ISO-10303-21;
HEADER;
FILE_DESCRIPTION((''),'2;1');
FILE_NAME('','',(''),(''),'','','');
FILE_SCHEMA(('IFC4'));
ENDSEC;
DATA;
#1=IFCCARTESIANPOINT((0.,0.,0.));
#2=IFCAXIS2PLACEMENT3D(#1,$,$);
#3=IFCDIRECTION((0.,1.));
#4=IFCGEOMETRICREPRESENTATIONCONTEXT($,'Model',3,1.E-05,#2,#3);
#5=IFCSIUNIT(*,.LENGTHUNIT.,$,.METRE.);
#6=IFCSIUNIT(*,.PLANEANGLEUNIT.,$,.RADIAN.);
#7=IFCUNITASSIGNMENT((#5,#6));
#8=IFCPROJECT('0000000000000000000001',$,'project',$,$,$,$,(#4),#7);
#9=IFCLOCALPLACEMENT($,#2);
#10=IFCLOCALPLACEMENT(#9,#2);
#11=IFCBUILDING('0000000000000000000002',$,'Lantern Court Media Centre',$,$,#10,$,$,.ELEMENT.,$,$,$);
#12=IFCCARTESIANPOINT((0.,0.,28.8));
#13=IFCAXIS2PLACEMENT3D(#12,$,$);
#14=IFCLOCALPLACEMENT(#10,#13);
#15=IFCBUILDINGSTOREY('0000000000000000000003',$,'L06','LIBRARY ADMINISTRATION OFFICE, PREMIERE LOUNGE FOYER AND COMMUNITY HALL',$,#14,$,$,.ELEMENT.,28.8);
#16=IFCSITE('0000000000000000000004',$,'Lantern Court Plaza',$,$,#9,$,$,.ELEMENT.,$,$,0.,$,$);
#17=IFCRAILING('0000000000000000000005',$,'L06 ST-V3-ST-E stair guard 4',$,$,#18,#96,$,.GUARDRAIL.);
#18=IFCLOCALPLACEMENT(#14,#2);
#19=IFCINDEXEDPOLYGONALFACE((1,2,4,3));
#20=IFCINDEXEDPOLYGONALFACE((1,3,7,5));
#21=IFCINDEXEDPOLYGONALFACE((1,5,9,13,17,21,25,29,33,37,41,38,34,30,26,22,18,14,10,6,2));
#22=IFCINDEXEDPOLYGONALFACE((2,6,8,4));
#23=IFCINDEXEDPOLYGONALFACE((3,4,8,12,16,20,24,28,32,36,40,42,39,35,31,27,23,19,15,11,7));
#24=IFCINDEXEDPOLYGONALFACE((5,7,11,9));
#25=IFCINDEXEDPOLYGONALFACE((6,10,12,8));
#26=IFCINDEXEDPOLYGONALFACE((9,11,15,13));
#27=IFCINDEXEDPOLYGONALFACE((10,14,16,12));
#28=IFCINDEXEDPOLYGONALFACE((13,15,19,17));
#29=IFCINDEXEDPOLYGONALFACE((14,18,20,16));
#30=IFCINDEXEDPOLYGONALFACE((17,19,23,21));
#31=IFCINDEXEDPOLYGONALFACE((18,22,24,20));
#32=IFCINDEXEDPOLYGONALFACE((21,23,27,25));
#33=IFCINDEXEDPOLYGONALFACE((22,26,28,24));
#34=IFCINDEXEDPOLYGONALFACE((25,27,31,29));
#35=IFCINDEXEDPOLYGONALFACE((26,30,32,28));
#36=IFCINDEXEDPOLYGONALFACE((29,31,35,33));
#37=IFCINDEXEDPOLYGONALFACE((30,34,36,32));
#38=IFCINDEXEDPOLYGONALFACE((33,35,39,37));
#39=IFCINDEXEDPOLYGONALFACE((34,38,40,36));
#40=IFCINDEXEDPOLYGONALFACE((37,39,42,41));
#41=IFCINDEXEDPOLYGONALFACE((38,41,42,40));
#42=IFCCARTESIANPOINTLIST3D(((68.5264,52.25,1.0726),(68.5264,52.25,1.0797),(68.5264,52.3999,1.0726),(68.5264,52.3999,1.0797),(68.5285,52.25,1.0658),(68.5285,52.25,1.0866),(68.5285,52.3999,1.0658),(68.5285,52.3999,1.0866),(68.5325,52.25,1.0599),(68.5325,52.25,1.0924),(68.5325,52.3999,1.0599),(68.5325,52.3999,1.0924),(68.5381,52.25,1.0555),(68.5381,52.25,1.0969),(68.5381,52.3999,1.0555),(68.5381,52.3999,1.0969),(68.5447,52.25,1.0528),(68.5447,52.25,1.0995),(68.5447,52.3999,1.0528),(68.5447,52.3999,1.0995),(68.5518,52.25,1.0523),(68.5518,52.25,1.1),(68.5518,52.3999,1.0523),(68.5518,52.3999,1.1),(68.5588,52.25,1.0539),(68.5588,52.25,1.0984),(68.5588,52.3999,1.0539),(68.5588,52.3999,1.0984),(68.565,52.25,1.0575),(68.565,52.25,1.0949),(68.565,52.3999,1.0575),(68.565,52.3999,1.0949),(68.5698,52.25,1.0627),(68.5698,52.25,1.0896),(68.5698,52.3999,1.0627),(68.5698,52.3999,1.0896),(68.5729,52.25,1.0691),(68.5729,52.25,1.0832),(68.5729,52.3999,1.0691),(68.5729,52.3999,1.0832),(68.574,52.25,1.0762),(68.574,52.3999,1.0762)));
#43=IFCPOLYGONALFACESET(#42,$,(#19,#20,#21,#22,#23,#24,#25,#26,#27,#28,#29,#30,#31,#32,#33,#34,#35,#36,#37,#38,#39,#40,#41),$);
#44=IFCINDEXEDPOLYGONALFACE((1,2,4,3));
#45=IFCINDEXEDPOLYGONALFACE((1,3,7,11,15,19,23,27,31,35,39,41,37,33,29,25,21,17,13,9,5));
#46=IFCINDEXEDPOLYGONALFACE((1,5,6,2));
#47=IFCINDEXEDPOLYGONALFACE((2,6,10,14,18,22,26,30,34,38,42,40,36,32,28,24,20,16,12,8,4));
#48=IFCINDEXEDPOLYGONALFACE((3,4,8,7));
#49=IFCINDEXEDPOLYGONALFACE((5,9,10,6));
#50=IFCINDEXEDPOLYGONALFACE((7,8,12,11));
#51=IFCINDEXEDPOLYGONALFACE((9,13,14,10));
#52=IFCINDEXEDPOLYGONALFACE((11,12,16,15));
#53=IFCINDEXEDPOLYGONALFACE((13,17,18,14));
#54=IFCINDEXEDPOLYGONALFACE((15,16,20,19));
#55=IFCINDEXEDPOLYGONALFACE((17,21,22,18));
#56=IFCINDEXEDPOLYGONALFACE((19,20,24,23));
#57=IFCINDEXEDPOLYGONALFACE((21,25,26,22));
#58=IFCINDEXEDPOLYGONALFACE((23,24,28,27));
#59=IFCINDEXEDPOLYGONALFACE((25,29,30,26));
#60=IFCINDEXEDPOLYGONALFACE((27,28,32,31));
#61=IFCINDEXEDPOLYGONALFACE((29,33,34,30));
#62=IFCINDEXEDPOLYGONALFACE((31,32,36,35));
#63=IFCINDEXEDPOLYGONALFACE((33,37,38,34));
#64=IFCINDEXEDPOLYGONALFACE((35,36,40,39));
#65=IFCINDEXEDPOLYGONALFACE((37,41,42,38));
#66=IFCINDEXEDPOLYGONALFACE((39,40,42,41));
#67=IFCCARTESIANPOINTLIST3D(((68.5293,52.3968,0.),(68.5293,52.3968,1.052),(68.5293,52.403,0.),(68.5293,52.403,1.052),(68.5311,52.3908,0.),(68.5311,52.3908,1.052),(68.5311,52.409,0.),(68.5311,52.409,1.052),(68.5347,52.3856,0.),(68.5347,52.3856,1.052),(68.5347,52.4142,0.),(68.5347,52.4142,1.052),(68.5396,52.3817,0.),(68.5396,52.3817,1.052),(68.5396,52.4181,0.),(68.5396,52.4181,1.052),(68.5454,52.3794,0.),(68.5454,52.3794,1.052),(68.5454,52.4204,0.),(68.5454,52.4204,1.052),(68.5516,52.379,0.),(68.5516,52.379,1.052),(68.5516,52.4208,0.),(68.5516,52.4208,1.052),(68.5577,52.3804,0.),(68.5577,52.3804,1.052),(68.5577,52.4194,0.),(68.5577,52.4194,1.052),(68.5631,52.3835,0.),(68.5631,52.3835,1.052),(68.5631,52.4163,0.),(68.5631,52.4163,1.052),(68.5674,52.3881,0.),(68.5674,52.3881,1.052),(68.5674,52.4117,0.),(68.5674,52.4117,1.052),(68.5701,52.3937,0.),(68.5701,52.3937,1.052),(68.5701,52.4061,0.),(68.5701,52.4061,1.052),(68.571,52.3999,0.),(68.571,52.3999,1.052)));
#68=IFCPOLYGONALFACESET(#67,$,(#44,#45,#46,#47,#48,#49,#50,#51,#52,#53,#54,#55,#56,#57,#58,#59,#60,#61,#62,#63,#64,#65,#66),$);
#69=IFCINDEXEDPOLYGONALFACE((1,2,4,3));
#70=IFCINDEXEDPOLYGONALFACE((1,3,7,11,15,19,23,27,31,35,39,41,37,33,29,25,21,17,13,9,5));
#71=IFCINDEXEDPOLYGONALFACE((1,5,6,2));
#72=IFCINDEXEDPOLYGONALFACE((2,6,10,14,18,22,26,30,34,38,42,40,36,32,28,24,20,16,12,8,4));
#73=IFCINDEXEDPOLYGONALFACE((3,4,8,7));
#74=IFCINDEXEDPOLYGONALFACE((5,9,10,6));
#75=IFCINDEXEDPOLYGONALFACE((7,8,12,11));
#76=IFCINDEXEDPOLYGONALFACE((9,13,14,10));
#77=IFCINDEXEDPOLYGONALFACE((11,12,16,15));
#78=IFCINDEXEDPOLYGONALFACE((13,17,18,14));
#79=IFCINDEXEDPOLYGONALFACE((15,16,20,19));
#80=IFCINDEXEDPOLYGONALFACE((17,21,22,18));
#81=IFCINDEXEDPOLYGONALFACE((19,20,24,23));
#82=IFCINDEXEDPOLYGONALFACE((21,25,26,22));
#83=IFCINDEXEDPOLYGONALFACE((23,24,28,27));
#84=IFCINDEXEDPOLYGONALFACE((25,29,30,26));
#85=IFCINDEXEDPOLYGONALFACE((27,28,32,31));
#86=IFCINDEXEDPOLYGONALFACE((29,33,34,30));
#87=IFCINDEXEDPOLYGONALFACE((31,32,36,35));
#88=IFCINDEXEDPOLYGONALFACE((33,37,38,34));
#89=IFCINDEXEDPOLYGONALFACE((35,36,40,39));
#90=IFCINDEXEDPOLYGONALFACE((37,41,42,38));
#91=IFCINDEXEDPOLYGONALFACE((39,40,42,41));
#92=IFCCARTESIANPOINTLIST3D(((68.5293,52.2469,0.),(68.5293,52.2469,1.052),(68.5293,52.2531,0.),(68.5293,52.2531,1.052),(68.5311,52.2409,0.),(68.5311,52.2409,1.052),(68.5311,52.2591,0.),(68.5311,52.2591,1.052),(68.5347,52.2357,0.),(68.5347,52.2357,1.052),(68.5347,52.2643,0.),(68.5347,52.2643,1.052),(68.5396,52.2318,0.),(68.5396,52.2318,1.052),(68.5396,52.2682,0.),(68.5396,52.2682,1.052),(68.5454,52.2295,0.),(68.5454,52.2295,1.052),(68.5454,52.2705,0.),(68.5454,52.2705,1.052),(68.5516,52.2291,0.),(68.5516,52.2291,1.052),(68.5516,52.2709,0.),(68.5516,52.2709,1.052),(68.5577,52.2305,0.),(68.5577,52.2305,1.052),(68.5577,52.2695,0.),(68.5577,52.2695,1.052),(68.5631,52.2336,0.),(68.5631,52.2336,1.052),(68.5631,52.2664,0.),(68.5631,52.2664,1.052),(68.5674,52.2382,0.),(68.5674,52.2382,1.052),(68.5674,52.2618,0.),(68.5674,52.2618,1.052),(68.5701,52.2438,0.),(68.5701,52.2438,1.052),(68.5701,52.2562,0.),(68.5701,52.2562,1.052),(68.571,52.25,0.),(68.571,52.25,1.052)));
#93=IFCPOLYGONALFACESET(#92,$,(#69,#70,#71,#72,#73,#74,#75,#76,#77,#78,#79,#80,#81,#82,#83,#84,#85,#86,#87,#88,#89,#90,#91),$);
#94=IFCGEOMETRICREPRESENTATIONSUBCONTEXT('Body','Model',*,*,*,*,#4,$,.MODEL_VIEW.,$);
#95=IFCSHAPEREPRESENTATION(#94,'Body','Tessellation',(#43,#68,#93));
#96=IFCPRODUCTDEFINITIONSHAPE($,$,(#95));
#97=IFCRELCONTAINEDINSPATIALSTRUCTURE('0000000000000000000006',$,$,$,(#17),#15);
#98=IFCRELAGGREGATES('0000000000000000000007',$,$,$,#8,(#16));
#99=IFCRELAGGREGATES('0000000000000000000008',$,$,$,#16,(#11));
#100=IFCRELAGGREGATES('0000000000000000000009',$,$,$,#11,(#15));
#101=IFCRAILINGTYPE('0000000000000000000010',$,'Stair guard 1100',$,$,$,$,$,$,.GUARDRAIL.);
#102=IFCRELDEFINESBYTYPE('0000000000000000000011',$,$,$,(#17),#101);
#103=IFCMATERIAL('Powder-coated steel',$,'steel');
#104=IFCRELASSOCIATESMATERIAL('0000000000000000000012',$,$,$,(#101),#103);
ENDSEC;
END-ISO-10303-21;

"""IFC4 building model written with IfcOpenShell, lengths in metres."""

from ifc_helpers import new_model, si_unit, direction, frame, origin, origin_2d, place, context, subcontext, project, spatial, circle, extrude, material, type_object, element, save


model = new_model("IFC4")

# Units and contexts
model_context = context("Model", 3, precision=1e-05, world=origin(), true_north=direction((0.0, 1.0)))
body_context = subcontext(model_context, "Body", "Model", "MODEL_VIEW")
ifc_project = project(units=[si_unit("LENGTHUNIT", "METRE"), si_unit("PLANEANGLEUNIT", "RADIAN")], contexts=[model_context])

# Site, building, storey
site_placement = place(None, origin())
site = spatial("IfcSite", under=ifc_project, at=site_placement, Name="Lantern Court Plaza", CompositionType="ELEMENT", RefElevation=0.0)
building_placement = place(site_placement, origin())
building = spatial("IfcBuilding", under=site, at=building_placement, Name="Lantern Court Media Centre", CompositionType="ELEMENT")
storey_placement = place(building_placement, frame((0.0, 0.0, 28.8)))
storey = spatial("IfcBuildingStorey", under=building, at=storey_placement, Name="L06", Description="LIBRARY ADMINISTRATION OFFICE, PREMIERE LOUNGE FOYER AND COMMUNITY HALL", CompositionType="ELEMENT", Elevation=28.8)

# Railing
ifc_material_1 = material(Name="Powder-coated steel", Category="steel")
railing_type_1 = type_object("IfcRailingType", Name="Stair guard 1100", PredefinedType="GUARDRAIL", material=ifc_material_1)
railing_1_placement = place(storey_placement, frame((68.55, 52.3999, 0.0)))
element("IfcRailing", 1, at=railing_1_placement, inside=storey, type_object=railing_type_1, Name="L06 ST-V3-ST-E stair guard 4", PredefinedType="GUARDRAIL", context=body_context, shape_type="SweptSolid", body=[
    extrude(circle(Radius=0.0239, at=origin_2d()), frame((0.0, 0.0, 1.0762), z_axis=(0.0, -1.0, 0.0), x_axis=(1.0, 0.0, 0.0)), (0.0, 0.0, 1.0), 0.1499),
    extrude(circle(Radius=0.021, at=origin_2d()), origin(), (0.0, 0.0, 1.0), 1.052),
    extrude(circle(Radius=0.021, at=origin_2d()), frame((0.0, -0.1499, 0.0)), (0.0, 0.0, 1.0), 1.052),
])

save(model, "model.ifc")
